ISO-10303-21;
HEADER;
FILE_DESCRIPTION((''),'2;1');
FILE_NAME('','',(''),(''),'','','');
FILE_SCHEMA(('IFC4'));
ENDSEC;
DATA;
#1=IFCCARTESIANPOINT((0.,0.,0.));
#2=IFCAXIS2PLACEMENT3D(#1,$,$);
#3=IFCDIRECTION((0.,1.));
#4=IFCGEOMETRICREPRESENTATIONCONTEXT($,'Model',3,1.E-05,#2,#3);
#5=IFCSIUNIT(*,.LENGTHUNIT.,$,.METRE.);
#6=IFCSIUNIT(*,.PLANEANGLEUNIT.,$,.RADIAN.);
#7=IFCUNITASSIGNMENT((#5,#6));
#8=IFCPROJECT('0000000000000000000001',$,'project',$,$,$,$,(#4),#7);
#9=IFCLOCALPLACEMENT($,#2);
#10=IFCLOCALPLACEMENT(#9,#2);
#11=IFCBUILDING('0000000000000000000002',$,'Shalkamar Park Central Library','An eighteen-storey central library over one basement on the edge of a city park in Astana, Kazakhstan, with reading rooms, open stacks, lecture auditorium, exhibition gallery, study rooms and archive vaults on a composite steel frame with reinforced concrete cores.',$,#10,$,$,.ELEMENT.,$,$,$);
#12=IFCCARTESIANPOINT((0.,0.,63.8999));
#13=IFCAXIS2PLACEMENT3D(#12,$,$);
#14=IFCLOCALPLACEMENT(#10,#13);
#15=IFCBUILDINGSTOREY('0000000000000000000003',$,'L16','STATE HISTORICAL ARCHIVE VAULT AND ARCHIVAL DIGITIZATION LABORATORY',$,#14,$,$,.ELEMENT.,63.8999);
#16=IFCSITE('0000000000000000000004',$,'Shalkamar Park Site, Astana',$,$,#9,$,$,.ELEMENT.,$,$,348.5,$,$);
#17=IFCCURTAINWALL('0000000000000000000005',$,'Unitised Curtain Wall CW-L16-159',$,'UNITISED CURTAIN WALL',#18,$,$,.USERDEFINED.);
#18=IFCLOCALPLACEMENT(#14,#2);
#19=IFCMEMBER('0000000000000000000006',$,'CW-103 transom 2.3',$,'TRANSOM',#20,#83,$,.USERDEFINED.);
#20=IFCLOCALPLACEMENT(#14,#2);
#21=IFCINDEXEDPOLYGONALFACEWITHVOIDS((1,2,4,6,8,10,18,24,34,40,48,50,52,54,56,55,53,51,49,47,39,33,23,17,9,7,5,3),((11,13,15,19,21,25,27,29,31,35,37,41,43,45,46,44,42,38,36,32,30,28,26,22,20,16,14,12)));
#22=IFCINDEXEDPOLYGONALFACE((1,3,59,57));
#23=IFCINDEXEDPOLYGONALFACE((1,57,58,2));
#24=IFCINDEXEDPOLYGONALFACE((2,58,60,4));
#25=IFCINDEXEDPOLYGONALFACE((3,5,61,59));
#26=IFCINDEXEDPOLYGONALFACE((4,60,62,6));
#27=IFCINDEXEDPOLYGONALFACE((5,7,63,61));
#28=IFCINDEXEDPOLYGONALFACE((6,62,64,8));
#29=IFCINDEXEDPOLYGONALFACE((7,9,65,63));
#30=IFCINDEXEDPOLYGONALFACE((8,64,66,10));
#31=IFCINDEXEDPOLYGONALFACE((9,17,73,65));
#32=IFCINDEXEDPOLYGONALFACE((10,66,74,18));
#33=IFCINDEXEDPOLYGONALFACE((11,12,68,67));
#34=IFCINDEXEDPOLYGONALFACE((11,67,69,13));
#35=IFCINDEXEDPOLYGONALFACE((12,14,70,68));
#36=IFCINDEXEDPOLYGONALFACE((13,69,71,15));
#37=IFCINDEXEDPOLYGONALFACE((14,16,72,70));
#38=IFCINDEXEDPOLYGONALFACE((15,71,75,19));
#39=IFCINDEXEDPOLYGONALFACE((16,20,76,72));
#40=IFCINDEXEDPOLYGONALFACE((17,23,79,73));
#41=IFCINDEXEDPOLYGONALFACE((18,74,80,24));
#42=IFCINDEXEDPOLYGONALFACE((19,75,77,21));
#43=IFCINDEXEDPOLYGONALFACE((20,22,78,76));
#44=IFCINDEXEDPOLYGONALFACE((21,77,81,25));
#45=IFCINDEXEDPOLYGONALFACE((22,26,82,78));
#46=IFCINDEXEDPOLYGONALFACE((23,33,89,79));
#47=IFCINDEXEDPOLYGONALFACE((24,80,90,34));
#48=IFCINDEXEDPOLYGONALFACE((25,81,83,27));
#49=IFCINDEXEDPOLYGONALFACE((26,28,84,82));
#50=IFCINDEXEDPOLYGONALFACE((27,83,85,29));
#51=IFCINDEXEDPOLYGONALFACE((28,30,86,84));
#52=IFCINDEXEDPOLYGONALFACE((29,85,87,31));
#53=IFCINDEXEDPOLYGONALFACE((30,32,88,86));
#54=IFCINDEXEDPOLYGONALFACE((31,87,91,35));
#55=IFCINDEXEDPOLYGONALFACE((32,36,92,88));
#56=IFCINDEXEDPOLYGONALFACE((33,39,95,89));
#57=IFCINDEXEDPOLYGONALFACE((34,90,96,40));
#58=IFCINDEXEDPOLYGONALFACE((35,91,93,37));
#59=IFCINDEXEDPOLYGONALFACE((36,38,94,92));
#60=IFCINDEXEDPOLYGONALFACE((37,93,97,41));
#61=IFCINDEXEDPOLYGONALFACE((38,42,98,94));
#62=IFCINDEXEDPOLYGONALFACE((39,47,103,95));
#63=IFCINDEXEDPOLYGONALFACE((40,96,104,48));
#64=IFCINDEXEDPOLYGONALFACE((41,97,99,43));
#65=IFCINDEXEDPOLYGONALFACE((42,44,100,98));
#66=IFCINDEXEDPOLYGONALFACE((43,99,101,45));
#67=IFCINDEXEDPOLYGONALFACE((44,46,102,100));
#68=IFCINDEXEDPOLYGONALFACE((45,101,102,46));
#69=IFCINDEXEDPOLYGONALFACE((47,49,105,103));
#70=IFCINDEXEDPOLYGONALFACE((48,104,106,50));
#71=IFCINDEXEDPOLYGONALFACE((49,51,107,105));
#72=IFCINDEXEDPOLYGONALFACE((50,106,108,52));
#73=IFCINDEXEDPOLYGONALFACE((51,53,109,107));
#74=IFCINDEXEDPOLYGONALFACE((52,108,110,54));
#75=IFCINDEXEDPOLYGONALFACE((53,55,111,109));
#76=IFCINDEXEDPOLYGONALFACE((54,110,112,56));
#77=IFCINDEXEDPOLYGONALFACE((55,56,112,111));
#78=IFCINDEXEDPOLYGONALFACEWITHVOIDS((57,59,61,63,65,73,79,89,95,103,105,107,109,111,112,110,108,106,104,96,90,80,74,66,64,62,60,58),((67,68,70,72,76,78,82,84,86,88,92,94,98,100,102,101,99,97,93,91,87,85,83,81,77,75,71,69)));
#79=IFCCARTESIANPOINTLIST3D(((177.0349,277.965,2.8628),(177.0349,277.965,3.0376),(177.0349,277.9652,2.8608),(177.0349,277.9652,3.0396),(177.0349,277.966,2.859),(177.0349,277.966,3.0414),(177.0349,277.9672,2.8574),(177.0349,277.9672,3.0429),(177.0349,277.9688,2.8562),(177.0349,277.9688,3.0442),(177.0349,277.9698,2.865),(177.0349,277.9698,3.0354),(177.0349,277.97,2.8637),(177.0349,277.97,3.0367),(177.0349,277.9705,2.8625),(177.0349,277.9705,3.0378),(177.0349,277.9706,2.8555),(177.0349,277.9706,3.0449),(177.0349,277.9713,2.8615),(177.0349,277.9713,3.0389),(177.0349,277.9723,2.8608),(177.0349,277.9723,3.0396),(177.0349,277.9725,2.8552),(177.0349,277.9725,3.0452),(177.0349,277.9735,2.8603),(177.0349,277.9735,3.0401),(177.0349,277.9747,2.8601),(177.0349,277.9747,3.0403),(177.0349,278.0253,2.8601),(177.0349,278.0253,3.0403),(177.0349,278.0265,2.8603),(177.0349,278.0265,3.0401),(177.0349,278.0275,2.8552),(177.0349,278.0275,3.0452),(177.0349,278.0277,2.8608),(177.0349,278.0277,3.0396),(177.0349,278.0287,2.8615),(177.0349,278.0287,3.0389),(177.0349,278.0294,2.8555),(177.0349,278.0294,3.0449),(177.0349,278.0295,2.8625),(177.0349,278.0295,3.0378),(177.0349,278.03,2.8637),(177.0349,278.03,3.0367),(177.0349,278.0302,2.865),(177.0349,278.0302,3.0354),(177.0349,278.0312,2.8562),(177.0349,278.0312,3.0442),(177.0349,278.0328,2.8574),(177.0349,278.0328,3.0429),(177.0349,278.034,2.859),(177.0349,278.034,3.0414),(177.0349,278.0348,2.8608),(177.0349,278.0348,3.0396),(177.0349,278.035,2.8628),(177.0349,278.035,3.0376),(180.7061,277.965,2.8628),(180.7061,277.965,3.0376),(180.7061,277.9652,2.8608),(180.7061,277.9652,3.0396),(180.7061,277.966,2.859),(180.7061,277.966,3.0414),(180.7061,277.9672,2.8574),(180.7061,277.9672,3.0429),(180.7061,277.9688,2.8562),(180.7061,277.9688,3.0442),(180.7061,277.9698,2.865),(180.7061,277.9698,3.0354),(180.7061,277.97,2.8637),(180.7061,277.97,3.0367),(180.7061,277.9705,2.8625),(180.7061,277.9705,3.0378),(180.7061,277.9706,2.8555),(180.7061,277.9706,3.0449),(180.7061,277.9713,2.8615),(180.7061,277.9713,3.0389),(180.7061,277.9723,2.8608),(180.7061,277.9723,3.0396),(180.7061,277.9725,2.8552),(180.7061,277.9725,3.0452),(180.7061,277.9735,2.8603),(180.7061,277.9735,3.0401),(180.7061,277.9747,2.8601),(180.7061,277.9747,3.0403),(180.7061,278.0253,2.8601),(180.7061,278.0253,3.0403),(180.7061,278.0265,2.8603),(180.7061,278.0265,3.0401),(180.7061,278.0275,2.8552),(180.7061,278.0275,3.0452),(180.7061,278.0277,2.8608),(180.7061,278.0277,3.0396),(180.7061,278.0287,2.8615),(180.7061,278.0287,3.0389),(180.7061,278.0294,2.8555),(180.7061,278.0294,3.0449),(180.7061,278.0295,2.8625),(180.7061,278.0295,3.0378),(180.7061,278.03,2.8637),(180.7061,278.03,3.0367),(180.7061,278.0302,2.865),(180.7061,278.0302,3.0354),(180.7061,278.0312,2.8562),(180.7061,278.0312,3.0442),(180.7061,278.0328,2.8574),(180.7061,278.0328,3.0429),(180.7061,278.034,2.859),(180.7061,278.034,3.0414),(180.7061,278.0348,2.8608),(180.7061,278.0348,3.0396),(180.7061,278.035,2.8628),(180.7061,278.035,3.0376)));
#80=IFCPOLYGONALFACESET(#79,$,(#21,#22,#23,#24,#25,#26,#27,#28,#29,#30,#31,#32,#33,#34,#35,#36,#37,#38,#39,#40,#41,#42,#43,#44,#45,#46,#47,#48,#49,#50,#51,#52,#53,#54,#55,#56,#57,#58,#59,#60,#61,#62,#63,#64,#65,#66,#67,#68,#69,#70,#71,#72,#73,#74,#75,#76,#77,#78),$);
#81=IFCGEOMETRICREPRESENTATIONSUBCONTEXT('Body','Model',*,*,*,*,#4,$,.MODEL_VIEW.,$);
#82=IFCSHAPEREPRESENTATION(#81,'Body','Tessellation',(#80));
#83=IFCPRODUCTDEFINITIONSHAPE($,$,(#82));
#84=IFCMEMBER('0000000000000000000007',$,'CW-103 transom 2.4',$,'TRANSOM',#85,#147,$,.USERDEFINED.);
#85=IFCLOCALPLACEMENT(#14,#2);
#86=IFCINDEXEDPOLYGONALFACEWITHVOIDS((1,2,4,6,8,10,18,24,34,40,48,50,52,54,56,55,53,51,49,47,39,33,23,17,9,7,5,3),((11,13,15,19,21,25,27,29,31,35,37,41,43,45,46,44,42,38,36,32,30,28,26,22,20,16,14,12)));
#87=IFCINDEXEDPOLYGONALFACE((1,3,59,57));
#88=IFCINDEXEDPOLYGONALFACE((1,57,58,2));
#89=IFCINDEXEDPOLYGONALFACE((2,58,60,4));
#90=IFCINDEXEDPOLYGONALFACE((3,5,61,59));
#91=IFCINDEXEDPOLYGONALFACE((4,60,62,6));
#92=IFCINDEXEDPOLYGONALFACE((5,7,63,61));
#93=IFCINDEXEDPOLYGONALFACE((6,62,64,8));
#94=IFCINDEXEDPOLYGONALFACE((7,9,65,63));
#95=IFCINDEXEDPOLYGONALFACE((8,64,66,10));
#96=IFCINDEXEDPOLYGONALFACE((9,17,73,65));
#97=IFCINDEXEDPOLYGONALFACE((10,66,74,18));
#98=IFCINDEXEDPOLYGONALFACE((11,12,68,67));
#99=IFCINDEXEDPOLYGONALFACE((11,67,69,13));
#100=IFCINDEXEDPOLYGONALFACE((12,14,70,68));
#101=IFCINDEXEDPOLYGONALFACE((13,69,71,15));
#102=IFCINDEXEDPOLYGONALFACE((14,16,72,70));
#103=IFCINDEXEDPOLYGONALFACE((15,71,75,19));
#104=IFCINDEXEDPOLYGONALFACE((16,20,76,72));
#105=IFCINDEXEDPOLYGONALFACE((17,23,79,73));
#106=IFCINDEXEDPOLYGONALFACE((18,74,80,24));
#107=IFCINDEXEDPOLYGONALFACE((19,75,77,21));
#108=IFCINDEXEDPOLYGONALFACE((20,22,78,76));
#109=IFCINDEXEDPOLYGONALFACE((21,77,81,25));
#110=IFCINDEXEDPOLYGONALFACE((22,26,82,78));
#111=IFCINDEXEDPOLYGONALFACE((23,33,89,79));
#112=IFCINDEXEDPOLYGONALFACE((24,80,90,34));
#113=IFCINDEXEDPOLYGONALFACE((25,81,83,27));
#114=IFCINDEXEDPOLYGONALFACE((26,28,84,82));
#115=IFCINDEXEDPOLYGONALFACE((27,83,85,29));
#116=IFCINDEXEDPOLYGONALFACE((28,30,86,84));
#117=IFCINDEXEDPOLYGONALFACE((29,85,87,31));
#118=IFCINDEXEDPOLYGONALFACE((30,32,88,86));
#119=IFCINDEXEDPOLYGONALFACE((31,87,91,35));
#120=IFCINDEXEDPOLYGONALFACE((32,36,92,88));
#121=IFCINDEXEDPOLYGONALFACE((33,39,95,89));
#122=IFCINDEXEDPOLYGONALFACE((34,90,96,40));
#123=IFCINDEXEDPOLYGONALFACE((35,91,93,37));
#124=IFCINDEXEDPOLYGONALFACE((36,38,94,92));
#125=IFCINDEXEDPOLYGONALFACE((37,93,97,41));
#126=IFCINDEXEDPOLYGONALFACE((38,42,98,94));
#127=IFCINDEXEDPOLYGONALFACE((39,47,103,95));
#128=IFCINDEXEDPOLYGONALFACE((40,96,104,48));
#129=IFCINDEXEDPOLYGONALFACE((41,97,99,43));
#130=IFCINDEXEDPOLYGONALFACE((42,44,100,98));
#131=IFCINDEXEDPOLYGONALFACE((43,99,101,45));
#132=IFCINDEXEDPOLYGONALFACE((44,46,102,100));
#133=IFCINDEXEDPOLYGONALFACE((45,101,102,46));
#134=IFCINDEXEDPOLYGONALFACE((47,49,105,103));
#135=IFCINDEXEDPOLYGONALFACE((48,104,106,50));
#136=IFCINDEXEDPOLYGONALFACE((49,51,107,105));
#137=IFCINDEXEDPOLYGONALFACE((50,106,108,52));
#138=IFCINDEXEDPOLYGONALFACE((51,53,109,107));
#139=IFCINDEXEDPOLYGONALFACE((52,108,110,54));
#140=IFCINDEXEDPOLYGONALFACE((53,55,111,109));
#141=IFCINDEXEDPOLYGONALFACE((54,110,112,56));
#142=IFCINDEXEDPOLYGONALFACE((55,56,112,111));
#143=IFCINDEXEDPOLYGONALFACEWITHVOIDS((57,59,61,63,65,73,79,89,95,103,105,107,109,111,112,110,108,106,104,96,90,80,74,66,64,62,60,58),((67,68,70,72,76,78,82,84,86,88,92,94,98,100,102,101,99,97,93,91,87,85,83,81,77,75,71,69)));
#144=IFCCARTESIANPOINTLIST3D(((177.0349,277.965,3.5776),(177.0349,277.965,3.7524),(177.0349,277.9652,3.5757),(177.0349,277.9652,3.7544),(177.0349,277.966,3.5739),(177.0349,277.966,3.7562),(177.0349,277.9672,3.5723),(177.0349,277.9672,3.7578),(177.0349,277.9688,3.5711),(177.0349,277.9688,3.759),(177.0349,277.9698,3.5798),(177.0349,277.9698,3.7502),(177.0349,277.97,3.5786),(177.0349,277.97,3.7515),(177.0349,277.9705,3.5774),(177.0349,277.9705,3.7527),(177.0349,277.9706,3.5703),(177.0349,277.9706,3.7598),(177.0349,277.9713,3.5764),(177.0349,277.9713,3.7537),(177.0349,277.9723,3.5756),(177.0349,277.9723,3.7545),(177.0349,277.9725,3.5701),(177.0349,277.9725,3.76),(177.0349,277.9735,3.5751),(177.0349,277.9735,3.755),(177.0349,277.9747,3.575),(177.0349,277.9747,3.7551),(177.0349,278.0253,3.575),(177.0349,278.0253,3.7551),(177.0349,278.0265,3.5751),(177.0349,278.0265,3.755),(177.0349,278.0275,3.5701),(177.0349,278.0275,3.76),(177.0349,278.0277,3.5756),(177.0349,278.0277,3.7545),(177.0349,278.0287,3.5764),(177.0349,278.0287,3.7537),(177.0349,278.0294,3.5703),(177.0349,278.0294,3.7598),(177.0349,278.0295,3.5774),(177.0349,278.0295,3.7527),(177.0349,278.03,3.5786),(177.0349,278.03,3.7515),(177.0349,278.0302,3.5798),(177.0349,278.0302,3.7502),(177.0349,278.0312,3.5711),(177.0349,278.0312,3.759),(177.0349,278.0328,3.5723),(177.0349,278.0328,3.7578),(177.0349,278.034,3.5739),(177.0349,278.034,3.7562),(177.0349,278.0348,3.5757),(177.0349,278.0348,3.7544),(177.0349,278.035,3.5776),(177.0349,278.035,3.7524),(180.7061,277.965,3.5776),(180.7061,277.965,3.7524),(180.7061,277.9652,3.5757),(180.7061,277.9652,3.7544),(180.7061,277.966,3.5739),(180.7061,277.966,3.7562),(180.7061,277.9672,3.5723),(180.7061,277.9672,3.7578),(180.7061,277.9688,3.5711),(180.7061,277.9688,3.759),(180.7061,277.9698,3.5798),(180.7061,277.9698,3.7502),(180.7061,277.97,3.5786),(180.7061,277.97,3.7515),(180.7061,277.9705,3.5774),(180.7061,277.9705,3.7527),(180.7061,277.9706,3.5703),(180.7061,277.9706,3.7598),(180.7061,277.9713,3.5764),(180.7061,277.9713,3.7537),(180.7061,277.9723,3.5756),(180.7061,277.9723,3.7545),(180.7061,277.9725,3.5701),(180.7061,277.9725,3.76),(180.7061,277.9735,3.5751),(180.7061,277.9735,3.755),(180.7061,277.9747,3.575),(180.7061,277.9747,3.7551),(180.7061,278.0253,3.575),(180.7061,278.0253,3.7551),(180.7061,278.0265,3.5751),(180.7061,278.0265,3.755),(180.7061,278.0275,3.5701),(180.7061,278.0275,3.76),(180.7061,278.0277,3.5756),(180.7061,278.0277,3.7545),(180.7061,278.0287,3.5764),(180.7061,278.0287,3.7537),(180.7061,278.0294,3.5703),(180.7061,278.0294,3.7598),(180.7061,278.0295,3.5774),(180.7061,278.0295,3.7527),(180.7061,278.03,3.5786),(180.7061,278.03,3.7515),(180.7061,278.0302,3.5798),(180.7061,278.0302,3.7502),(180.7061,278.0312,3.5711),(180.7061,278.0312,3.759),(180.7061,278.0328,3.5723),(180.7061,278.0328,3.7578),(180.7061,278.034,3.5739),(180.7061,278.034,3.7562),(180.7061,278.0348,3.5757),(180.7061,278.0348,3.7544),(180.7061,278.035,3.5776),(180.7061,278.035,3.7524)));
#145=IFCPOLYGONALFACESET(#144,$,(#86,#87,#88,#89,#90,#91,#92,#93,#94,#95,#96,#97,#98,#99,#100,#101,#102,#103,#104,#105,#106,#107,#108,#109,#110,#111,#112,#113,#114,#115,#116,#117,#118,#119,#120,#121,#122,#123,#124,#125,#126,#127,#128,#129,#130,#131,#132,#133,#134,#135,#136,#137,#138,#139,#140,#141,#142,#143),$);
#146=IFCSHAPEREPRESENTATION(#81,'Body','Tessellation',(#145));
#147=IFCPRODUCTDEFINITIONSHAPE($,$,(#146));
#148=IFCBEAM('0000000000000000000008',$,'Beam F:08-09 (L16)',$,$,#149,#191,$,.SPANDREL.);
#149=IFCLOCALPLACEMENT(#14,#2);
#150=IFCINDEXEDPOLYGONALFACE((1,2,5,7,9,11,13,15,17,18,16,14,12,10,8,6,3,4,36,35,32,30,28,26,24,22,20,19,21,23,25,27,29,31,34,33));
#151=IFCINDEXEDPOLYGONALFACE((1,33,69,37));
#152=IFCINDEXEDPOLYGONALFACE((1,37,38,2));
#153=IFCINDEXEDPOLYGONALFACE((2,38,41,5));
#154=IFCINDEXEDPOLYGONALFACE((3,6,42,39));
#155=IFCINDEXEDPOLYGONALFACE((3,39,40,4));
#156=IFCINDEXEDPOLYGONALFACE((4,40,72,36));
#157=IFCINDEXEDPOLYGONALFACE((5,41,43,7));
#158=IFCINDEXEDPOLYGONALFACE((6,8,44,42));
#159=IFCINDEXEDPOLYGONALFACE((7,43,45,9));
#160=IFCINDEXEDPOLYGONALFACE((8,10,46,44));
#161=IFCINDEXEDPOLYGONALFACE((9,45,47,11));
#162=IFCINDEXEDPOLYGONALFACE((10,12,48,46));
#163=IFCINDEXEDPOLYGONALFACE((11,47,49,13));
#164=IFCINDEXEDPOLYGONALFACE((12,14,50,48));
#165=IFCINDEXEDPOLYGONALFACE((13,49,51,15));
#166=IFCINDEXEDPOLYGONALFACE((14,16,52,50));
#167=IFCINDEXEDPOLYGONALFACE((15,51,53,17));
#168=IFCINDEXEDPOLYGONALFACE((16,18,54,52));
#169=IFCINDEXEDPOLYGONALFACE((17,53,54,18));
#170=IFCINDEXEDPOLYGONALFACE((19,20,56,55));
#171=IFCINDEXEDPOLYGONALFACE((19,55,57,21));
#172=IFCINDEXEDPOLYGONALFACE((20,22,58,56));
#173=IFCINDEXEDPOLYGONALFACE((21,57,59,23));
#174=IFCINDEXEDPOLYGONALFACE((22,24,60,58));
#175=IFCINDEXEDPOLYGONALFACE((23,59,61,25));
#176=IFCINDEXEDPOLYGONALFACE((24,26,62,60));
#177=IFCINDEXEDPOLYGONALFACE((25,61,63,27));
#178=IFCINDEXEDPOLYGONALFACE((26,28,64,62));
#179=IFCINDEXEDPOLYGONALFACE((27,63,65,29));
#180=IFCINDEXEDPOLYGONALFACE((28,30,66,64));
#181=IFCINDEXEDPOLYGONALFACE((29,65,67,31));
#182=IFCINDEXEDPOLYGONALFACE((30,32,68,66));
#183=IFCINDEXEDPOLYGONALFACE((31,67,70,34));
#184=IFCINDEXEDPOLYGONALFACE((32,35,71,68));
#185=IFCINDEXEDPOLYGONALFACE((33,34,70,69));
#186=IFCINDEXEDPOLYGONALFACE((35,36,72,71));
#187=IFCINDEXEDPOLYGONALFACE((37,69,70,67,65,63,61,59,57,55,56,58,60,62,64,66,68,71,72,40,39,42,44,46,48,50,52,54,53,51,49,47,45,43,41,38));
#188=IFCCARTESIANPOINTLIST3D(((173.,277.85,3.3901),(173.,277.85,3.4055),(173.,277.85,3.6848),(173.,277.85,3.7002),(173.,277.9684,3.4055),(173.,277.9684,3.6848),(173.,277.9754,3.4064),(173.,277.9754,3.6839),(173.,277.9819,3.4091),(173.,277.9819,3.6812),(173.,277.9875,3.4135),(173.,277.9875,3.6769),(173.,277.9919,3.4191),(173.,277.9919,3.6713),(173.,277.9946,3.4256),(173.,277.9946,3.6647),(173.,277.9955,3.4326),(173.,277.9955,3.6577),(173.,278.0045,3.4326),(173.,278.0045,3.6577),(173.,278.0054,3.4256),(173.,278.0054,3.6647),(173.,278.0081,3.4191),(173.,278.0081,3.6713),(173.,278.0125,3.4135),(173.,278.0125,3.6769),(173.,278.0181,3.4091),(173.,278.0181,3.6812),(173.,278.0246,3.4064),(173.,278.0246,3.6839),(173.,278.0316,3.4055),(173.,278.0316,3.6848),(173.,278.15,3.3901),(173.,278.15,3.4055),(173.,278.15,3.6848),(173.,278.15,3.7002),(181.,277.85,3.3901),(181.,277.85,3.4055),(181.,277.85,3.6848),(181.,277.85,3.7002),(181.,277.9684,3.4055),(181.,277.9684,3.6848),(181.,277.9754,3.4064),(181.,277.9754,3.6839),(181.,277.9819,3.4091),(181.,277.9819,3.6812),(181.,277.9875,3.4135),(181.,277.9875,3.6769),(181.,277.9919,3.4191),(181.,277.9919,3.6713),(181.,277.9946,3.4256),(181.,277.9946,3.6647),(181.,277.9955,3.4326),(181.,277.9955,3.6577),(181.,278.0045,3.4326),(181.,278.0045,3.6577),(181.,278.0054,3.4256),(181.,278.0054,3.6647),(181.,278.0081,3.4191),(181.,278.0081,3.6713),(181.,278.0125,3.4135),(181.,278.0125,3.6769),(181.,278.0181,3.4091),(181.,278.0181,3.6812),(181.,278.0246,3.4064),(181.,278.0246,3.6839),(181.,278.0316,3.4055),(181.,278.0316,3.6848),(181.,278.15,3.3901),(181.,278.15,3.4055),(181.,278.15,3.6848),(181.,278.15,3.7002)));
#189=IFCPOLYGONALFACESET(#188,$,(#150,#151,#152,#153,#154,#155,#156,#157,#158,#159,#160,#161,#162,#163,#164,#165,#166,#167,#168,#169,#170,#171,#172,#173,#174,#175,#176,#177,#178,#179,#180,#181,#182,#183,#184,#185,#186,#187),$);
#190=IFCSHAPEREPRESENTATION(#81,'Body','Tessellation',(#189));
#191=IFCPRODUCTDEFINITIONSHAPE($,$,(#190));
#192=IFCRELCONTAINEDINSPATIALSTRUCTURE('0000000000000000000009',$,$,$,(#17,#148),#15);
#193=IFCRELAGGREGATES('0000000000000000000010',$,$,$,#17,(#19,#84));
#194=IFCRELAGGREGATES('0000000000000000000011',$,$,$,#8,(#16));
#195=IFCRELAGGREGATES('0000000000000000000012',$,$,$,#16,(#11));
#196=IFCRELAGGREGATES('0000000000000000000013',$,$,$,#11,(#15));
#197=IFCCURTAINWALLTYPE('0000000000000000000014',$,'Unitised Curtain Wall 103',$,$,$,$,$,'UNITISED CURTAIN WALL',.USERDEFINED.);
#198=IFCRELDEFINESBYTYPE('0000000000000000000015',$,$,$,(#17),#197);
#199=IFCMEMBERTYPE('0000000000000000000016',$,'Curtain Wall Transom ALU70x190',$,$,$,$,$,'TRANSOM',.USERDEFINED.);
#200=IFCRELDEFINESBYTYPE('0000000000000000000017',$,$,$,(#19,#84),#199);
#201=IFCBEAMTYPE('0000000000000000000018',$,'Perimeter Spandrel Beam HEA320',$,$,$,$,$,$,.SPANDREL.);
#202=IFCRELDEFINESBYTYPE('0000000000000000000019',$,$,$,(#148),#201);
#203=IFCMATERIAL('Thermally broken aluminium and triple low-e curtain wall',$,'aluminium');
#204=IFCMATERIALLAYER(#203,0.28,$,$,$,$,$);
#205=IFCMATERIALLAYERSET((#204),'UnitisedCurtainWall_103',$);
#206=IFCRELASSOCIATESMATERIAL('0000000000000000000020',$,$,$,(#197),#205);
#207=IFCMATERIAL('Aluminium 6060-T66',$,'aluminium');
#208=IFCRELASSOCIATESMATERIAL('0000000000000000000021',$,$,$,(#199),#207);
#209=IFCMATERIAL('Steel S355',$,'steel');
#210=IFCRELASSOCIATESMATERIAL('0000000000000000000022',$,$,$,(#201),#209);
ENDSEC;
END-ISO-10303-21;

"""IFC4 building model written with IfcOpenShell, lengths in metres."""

from ifc_helpers import new_model, si_unit, direction, frame, origin, origin_2d, place, context, subcontext, project, spatial, hollow_rectangle, i_section, extrude, material, layer, layer_set, material_profile, profile_set, type_object, element, aggregate, save


model = new_model("IFC4")

# Units and contexts
model_context = context("Model", 3, precision=1e-05, world=origin(), true_north=direction((0.0, 1.0)))
body_context = subcontext(model_context, "Body", "Model", "MODEL_VIEW")
ifc_project = project(units=[si_unit("LENGTHUNIT", "METRE"), si_unit("PLANEANGLEUNIT", "RADIAN")], contexts=[model_context])

# Site, building, storey
site_placement = place(None, origin())
site = spatial("IfcSite", under=ifc_project, at=site_placement, Name="Shalkamar Park Site, Astana", CompositionType="ELEMENT", RefElevation=348.5)
building_placement = place(site_placement, origin())
building = spatial("IfcBuilding", under=site, at=building_placement, Name="Shalkamar Park Central Library", Description="An eighteen-storey central library over one basement on the edge of a city park in Astana, Kazakhstan, with reading rooms, open stacks, lecture auditorium, exhibition gallery, study rooms and archive vaults on a composite steel frame with reinforced concrete cores.", CompositionType="ELEMENT")
storey_placement = place(building_placement, frame((0.0, 0.0, 63.8999)))
storey = spatial("IfcBuildingStorey", under=building, at=storey_placement, Name="L16", Description="STATE HISTORICAL ARCHIVE VAULT AND ARCHIVAL DIGITIZATION LABORATORY", CompositionType="ELEMENT", Elevation=63.8999)

# Shared definitions
ifc_material_1 = material(Name="Steel S355", Category="steel")

# Curtain wall
ifc_material_2 = material(Name="Thermally broken aluminium and triple low-e curtain wall", Category="aluminium")
ifc_material_3 = material(Name="Aluminium 6060-T66", Category="aluminium")
ifc_layer_1 = layer(ifc_material_2, 0.28)
ifc_layer_set_1 = layer_set([ifc_layer_1], Name="UnitisedCurtainWall_103")
curtain_wall_type_1 = type_object("IfcCurtainWallType", Name="Unitised Curtain Wall 103", ElementType="UNITISED CURTAIN WALL", PredefinedType="USERDEFINED", material=ifc_layer_set_1)
curtain_wall_1_placement = place(storey_placement, origin())
curtain_wall_1 = element("IfcCurtainWall", 1, at=curtain_wall_1_placement, inside=storey, type_object=curtain_wall_type_1, Name="Unitised Curtain Wall CW-L16-159", ObjectType="UNITISED CURTAIN WALL", PredefinedType="USERDEFINED")

# Members
ifc_material_profile_1 = material_profile(ifc_material_3, hollow_rectangle(XDim=0.0701, YDim=0.1899, WallThickness=0.0049, InnerFilletRadius=0.0049, OuterFilletRadius=0.0076, at=origin_2d()), Name="ALU 70x190x5")
ifc_profile_set_1 = profile_set([ifc_material_profile_1], Name="Aluminium 6060-T66")
member_type_1 = type_object("IfcMemberType", Name="Curtain Wall Transom ALU70x190", ElementType="TRANSOM", PredefinedType="USERDEFINED", material=ifc_profile_set_1)
member_1_placement = place(storey_placement, frame((177.0349, 278.0, 2.9502), z_axis=(1.0, 0.0, 0.0), x_axis=(0.0, 1.0, 0.0)))
member_1 = element("IfcMember", 2, at=member_1_placement, type_object=member_type_1, Name="CW-103 transom 2.3", ObjectType="TRANSOM", PredefinedType="USERDEFINED", context=body_context, shape_type="SweptSolid", body=[
    extrude(hollow_rectangle(XDim=0.0701, YDim=0.1899, WallThickness=0.0049, InnerFilletRadius=0.0049, OuterFilletRadius=0.0076, at=origin_2d()), origin(), (0.0, 0.0, 1.0), 3.6711),
])
member_2_placement = place(storey_placement, frame((177.0349, 278.0, 3.665), z_axis=(1.0, 0.0, 0.0), x_axis=(0.0, 1.0, 0.0)))
member_2 = element("IfcMember", 3, at=member_2_placement, type_object=member_type_1, Name="CW-103 transom 2.4", ObjectType="TRANSOM", PredefinedType="USERDEFINED", context=body_context, shape_type="SweptSolid", body=[
    extrude(hollow_rectangle(XDim=0.0701, YDim=0.1899, WallThickness=0.0049, InnerFilletRadius=0.0049, OuterFilletRadius=0.0076, at=origin_2d()), origin(), (0.0, 0.0, 1.0), 3.6711),
])

# Beam
ifc_material_profile_2 = material_profile(ifc_material_1, i_section(OverallWidth=0.3, OverallDepth=0.3101, WebThickness=0.009, FlangeThickness=0.0154, FilletRadius=0.0271, at=origin_2d()), Name="HEA 320")
ifc_profile_set_2 = profile_set([ifc_material_profile_2], Name="Steel S355")
beam_type = type_object("IfcBeamType", Name="Perimeter Spandrel Beam HEA320", PredefinedType="SPANDREL", material=ifc_profile_set_2)
beam_placement = place(storey_placement, frame((173.0, 278.0, 3.5452), z_axis=(1.0, 0.0, 0.0), x_axis=(0.0, 1.0, 0.0)))
element("IfcBeam", 4, at=beam_placement, inside=storey, type_object=beam_type, Name="Beam F:08-09 (L16)", PredefinedType="SPANDREL", context=body_context, shape_type="SweptSolid", body=[
    extrude(i_section(OverallWidth=0.3, OverallDepth=0.3101, WebThickness=0.009, FlangeThickness=0.0154, FilletRadius=0.0271, at=origin_2d()), origin(), (0.0, 0.0, 1.0), 8.0),
])

aggregate(curtain_wall_1, [member_1, member_2])

save(model, "model.ifc")
